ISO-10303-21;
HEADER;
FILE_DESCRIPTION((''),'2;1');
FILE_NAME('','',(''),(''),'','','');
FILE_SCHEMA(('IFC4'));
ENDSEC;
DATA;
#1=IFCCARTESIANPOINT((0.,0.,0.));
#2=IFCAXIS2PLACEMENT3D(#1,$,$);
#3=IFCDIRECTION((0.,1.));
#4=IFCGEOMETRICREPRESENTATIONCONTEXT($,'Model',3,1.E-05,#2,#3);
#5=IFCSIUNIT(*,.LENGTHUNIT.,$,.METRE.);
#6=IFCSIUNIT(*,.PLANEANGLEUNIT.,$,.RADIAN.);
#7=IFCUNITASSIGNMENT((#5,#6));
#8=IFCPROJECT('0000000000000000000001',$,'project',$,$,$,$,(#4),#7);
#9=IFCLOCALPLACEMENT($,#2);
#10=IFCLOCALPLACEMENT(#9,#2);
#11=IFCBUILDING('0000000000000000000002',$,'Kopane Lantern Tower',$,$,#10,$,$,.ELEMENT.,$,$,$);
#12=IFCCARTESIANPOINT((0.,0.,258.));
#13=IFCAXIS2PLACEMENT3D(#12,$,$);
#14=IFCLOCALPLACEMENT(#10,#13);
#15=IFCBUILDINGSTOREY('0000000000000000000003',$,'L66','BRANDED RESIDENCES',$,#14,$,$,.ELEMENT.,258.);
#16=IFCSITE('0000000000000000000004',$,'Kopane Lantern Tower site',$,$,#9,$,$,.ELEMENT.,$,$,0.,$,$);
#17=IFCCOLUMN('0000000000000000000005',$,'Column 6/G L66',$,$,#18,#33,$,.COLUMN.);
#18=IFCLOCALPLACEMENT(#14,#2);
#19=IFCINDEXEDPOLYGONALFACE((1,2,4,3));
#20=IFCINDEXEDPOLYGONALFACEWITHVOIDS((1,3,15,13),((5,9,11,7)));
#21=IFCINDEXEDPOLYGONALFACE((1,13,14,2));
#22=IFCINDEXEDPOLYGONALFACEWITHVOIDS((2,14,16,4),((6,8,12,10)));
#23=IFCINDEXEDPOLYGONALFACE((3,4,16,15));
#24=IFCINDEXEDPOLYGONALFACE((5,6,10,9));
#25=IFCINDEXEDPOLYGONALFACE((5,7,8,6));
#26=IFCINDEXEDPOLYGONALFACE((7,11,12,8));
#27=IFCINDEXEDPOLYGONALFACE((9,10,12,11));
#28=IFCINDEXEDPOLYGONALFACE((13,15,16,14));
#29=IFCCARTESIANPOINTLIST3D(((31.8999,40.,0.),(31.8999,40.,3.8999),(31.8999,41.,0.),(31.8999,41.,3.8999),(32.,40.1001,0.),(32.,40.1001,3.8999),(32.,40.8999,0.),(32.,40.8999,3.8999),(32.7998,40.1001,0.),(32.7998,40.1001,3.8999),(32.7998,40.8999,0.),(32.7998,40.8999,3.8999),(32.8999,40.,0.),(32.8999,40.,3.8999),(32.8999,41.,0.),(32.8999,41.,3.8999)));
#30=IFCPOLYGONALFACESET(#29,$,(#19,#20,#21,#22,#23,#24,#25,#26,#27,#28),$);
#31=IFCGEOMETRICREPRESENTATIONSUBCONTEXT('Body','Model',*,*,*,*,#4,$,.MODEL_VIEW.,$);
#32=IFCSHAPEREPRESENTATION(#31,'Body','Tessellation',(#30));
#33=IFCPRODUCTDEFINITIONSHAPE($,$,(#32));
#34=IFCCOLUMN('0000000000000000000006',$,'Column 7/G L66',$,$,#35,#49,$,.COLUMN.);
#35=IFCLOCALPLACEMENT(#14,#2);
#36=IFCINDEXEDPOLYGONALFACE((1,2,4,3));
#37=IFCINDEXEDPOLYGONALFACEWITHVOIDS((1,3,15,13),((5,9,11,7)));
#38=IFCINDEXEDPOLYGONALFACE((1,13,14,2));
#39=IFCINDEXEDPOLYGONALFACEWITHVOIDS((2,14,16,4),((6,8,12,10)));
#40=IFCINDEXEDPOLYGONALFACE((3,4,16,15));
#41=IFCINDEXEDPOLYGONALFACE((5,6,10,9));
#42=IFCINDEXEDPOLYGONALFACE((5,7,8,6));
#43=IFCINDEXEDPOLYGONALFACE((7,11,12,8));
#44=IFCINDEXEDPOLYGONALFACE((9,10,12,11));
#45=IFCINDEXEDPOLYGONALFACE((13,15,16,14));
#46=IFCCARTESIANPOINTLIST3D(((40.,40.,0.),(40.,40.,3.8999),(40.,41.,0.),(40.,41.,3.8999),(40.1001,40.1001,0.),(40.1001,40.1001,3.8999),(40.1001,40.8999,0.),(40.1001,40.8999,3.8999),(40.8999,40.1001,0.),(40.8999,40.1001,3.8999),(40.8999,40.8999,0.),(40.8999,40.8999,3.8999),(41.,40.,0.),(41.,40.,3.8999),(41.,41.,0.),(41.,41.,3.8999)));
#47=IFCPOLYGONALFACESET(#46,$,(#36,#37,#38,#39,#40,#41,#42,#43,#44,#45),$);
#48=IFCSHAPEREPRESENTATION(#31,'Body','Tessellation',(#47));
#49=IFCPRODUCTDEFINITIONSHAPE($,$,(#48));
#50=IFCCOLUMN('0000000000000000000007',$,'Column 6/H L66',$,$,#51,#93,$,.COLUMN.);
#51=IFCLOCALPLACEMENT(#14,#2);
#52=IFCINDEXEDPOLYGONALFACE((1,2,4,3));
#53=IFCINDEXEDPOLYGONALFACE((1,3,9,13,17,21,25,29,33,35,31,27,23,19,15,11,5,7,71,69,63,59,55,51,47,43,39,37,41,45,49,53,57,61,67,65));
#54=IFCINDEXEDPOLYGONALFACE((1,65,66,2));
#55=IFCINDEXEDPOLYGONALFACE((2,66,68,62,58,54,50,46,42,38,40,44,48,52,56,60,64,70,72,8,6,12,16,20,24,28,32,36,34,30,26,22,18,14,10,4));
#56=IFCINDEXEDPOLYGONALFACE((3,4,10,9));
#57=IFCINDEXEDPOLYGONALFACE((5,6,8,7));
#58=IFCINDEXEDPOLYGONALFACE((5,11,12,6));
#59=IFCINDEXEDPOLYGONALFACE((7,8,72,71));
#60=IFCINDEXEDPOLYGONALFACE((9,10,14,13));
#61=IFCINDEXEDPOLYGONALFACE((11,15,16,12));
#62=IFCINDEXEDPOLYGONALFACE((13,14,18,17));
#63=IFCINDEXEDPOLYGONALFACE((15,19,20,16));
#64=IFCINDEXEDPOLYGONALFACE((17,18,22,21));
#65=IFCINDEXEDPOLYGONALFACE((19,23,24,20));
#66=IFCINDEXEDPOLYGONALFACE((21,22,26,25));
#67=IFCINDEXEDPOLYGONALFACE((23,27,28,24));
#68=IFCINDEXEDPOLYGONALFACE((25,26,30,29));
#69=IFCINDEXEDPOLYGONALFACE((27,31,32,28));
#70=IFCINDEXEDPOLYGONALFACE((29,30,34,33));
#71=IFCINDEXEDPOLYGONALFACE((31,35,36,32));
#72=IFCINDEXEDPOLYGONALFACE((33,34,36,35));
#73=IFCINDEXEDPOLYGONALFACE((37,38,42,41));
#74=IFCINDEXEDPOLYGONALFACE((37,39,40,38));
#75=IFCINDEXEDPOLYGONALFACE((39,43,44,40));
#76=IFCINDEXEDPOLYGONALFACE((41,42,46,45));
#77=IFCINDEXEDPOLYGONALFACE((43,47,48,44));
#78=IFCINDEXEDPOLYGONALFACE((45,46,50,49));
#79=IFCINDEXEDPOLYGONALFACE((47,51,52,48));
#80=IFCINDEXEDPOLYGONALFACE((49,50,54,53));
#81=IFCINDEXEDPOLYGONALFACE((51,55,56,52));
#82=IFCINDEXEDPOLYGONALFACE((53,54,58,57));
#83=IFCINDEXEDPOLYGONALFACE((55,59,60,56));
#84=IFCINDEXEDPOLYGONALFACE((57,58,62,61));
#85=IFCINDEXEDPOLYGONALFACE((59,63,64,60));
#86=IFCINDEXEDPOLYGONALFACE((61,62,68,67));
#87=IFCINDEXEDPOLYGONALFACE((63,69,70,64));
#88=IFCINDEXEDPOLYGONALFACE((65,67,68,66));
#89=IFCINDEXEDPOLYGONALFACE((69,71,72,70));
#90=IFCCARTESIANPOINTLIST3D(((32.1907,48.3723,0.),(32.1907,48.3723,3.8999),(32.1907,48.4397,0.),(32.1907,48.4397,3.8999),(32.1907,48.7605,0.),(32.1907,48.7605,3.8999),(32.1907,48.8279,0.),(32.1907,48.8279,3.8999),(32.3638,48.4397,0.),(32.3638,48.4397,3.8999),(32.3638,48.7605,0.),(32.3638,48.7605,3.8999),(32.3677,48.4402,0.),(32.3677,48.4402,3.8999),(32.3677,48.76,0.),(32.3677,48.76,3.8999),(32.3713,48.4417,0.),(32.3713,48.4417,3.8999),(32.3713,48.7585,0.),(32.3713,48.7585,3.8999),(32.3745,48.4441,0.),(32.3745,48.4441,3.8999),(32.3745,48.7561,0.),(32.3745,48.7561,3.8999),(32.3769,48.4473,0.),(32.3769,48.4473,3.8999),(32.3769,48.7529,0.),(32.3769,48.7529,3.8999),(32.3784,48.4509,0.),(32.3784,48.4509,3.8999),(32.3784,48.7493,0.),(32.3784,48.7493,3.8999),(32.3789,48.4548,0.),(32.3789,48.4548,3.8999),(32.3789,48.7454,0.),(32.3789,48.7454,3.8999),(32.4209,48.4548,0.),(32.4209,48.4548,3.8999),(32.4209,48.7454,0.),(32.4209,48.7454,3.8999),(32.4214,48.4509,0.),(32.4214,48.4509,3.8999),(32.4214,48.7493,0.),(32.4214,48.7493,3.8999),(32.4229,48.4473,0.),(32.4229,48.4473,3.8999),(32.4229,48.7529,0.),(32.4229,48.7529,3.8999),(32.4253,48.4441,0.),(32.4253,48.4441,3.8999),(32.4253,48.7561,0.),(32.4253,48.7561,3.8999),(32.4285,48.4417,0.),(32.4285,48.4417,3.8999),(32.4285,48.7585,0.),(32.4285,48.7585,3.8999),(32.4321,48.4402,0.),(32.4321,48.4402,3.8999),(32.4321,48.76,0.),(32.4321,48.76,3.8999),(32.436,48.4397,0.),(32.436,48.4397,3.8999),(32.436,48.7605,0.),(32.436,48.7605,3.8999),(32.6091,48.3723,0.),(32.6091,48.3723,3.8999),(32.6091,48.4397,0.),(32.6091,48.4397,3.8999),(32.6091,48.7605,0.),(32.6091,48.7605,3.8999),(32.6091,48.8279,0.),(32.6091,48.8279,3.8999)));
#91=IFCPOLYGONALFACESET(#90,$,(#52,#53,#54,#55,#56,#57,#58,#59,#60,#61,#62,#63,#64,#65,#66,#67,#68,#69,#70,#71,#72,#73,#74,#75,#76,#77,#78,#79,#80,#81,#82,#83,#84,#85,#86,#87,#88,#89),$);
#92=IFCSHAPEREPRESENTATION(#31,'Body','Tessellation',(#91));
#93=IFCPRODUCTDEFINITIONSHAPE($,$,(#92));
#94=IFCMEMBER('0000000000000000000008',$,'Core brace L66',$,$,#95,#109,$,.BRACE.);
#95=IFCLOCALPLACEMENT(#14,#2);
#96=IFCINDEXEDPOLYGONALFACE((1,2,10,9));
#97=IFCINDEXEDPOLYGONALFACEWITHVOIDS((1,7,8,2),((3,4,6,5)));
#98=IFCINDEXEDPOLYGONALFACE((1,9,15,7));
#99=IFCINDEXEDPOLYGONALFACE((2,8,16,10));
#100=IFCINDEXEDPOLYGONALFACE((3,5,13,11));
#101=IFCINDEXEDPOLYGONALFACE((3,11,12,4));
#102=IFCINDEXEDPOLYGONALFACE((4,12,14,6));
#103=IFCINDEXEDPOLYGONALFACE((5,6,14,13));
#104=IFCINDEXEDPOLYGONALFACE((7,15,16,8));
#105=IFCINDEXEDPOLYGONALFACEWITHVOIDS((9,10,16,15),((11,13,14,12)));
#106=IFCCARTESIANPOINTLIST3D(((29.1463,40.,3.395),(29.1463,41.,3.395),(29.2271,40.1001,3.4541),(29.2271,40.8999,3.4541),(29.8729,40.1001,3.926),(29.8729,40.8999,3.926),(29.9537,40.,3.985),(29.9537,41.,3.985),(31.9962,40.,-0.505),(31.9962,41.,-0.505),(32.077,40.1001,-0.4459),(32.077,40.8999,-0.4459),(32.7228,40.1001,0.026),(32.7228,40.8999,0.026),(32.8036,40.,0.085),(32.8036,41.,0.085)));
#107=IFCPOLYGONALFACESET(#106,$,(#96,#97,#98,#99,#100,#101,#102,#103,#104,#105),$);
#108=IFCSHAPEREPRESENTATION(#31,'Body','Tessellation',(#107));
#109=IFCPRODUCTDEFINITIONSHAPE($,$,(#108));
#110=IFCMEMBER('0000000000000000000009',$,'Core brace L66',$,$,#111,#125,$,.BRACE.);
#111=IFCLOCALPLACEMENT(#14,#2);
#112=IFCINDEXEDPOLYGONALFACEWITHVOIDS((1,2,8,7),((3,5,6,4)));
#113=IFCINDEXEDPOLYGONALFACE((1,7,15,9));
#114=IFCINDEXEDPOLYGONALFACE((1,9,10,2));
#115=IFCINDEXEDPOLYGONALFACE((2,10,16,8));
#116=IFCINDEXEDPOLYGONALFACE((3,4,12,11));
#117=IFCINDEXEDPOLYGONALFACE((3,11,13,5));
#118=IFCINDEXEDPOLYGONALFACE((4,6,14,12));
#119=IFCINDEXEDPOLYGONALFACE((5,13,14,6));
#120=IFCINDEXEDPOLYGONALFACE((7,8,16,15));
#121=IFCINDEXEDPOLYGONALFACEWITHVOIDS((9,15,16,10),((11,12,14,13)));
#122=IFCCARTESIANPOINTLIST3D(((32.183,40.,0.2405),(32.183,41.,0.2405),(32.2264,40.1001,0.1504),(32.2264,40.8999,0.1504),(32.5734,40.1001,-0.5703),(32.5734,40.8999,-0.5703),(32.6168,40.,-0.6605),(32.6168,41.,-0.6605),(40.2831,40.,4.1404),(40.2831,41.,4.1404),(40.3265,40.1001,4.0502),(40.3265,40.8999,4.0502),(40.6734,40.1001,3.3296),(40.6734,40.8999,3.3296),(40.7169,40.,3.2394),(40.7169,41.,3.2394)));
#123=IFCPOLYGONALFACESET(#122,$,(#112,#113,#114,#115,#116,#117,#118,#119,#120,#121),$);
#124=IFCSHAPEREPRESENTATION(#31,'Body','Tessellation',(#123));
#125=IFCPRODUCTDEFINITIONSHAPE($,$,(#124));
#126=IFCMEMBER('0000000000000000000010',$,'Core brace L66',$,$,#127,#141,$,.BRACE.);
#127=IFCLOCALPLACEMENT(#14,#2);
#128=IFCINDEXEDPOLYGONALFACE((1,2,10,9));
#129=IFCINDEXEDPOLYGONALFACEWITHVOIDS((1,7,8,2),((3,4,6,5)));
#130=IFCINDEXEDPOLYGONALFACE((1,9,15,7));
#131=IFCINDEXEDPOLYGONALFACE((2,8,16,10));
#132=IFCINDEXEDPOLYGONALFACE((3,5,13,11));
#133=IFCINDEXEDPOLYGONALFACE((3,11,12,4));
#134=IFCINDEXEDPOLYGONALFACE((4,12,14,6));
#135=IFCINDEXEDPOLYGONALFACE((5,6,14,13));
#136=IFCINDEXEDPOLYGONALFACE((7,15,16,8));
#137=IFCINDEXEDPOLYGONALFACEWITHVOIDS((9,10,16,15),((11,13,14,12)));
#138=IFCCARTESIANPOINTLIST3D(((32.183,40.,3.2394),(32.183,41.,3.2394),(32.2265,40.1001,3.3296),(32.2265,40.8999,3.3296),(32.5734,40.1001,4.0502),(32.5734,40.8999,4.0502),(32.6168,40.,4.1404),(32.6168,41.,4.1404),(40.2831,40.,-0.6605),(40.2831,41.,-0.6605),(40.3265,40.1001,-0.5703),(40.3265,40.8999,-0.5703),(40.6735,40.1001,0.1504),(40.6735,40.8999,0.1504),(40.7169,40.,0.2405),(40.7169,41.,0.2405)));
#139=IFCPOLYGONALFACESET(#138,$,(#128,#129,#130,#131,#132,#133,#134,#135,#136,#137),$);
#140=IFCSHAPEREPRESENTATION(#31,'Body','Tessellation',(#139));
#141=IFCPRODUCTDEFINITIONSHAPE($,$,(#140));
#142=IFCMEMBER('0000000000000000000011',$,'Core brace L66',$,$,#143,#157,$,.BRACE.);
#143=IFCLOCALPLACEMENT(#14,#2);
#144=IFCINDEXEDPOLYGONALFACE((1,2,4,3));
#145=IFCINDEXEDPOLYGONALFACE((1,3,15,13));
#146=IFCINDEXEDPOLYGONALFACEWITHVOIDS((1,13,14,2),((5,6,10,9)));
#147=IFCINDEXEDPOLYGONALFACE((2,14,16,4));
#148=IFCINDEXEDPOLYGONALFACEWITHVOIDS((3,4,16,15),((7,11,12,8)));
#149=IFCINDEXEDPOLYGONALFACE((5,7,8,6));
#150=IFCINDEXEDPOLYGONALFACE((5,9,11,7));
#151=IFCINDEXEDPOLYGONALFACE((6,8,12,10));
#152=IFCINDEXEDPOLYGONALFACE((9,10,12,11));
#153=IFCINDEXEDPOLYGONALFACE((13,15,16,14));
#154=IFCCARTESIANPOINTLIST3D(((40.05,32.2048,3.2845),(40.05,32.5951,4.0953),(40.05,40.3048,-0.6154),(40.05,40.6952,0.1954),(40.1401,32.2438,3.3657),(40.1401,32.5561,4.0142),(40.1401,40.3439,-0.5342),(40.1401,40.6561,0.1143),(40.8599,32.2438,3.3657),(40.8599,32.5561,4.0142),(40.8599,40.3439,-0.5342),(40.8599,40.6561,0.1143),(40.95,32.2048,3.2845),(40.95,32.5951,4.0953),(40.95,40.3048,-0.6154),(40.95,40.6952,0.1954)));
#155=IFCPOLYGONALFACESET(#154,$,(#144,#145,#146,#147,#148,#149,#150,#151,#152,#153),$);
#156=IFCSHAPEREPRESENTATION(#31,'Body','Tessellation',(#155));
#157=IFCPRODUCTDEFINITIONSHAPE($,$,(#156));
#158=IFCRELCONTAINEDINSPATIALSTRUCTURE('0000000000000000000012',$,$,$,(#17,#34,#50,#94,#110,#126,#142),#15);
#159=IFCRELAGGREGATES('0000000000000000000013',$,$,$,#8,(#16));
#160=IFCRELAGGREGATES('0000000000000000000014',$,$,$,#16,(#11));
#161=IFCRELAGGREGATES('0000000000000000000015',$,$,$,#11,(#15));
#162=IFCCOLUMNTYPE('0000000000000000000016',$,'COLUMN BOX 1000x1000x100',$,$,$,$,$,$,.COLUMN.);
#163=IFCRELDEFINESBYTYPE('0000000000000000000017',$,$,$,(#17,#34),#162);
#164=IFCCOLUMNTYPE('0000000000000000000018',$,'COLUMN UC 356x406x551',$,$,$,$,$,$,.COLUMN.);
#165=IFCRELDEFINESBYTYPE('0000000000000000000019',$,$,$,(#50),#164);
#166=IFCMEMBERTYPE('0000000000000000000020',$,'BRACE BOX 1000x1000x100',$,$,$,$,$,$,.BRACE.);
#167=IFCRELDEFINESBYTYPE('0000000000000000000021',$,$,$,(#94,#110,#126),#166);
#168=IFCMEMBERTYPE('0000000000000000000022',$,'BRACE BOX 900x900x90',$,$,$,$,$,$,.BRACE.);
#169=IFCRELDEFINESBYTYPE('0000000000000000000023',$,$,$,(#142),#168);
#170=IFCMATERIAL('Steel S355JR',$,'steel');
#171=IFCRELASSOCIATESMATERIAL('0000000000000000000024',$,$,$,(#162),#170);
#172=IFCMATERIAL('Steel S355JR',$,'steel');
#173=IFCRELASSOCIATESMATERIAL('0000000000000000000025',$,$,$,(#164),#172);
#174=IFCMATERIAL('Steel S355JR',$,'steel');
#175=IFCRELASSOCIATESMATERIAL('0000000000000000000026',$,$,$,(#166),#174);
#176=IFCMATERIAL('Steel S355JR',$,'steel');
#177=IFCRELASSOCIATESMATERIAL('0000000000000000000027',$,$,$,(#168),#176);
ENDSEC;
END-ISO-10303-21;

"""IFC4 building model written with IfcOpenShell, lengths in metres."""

from ifc_helpers import new_model, si_unit, direction, frame, origin, origin_2d, place, context, subcontext, project, spatial, hollow_rectangle, i_section, extrude, material, material_profile, profile_set, type_object, element, save


model = new_model("IFC4")

# Units and contexts
model_context = context("Model", 3, precision=1e-05, world=origin(), true_north=direction((0.0, 1.0)))
body_context = subcontext(model_context, "Body", "Model", "MODEL_VIEW")
ifc_project = project(units=[si_unit("LENGTHUNIT", "METRE"), si_unit("PLANEANGLEUNIT", "RADIAN")], contexts=[model_context])

# Site, building, storey
site_placement = place(None, origin())
site = spatial("IfcSite", under=ifc_project, at=site_placement, Name="Kopane Lantern Tower site", CompositionType="ELEMENT", RefElevation=0.0)
building_placement = place(site_placement, origin())
building = spatial("IfcBuilding", under=site, at=building_placement, Name="Kopane Lantern Tower", CompositionType="ELEMENT")
storey_placement = place(building_placement, frame((0.0, 0.0, 258.0)))
storey = spatial("IfcBuildingStorey", under=building, at=storey_placement, Name="L66", Description="BRANDED RESIDENCES", CompositionType="ELEMENT", Elevation=258.0)

# Columns
ifc_material_1 = material(Name="Steel S355JR", Category="steel")
ifc_material_profile_1 = material_profile(ifc_material_1, hollow_rectangle(XDim=1.0, YDim=1.0, WallThickness=0.1001, at=origin_2d()), Name="BOX 1000x1000x100")
ifc_profile_set_1 = profile_set([ifc_material_profile_1], Name="Steel S355JR")
column_type_1 = type_object("IfcColumnType", Name="COLUMN BOX 1000x1000x100", PredefinedType="COLUMN", material=ifc_profile_set_1)
for number, where, z_axis, x_axis, name in (
    (1, (32.3999, 40.5, 0.0), (0.0, 0.0, 1.0), (1.0, 0.0, 0.0), "Column 6/G L66"),
    (2, (40.5, 40.5, 0.0), (0.0, 0.0, 1.0), (1.0, 0.0, 0.0), "Column 7/G L66"),
):
    element("IfcColumn", number, at=place(storey_placement, frame(where, z_axis=z_axis, x_axis=x_axis)), inside=storey, type_object=column_type_1, Name=name, PredefinedType="COLUMN", context=body_context, shape_type="SweptSolid", body=[
        extrude(hollow_rectangle(XDim=1.0, YDim=1.0, WallThickness=0.1001, at=origin_2d()), origin(), (0.0, 0.0, 1.0), 3.8999),
    ])
ifc_material_2 = material(Name="Steel S355JR", Category="steel")
ifc_material_profile_2 = material_profile(ifc_material_2, i_section(OverallWidth=0.4185, OverallDepth=0.4556, WebThickness=0.042, FlangeThickness=0.0674, FilletRadius=0.0151, at=origin_2d()), Name="UC 356x406x551")
ifc_profile_set_2 = profile_set([ifc_material_profile_2], Name="Steel S355JR")
column_type_2 = type_object("IfcColumnType", Name="COLUMN UC 356x406x551", PredefinedType="COLUMN", material=ifc_profile_set_2)
column_placement = place(storey_placement, frame((32.3999, 48.6001, 0.0), z_axis=(0.0, 0.0, 1.0), x_axis=(1.0, 0.0, 0.0)))
element("IfcColumn", 3, at=column_placement, inside=storey, type_object=column_type_2, Name="Column 6/H L66", PredefinedType="COLUMN", context=body_context, shape_type="SweptSolid", body=[
    extrude(i_section(OverallWidth=0.4185, OverallDepth=0.4556, WebThickness=0.042, FlangeThickness=0.0674, FilletRadius=0.0151, at=origin_2d()), origin(), (0.0, 0.0, 1.0), 3.8999),
])

# Members
ifc_material_3 = material(Name="Steel S355JR", Category="steel")
ifc_material_profile_3 = material_profile(ifc_material_3, hollow_rectangle(XDim=1.0, YDim=1.0, WallThickness=0.1001, at=origin_2d()), Name="BOX 1000x1000x100")
ifc_profile_set_3 = profile_set([ifc_material_profile_3], Name="Steel S355JR")
member_type_1 = type_object("IfcMemberType", Name="BRACE BOX 1000x1000x100", PredefinedType="BRACE", material=ifc_profile_set_3)
member_1_placement = place(storey_placement, frame((32.3999, 40.5, -0.21), z_axis=(-0.590006, 0.0, 0.807399), x_axis=(0.0, -1.0, 0.0)))
element("IfcMember", 4, at=member_1_placement, inside=storey, type_object=member_type_1, Name="Core brace L66", PredefinedType="BRACE", context=body_context, shape_type="SweptSolid", body=[
    extrude(hollow_rectangle(XDim=1.0, YDim=1.0, WallThickness=0.1001, at=origin_2d()), origin(), (0.0, 0.0, 1.0), 4.8303),
])
for number, where, z_axis, x_axis, name in (
    (5, (32.3999, 40.5, -0.21), (0.901008, 0.0, 0.433803), (0.0, 1.0, 0.0), "Core brace L66"),
    (6, (40.5, 40.5, -0.21), (-0.901008, 0.0, 0.433803), (0.0, -1.0, 0.0), "Core brace L66"),
):
    element("IfcMember", number, at=place(storey_placement, frame(where, z_axis=z_axis, x_axis=x_axis)), inside=storey, type_object=member_type_1, Name=name, PredefinedType="BRACE", context=body_context, shape_type="SweptSolid", body=[
        extrude(hollow_rectangle(XDim=1.0, YDim=1.0, WallThickness=0.1001, at=origin_2d()), origin(), (0.0, 0.0, 1.0), 8.99),
    ])
ifc_material_4 = material(Name="Steel S355JR", Category="steel")
ifc_material_profile_4 = material_profile(ifc_material_4, hollow_rectangle(XDim=0.8999, YDim=0.8999, WallThickness=0.0901, at=origin_2d()), Name="BOX 900x900x90")
ifc_profile_set_4 = profile_set([ifc_material_profile_4], Name="Steel S355JR")
member_type_2 = type_object("IfcMemberType", Name="BRACE BOX 900x900x90", PredefinedType="BRACE", material=ifc_profile_set_4)
member_2_placement = place(storey_placement, frame((40.5, 40.5, -0.21), z_axis=(0.0, -0.901008, 0.433803), x_axis=(1.0, 0.0, 0.0)))
element("IfcMember", 7, at=member_2_placement, inside=storey, type_object=member_type_2, Name="Core brace L66", PredefinedType="BRACE", context=body_context, shape_type="SweptSolid", body=[
    extrude(hollow_rectangle(XDim=0.8999, YDim=0.8999, WallThickness=0.0901, at=origin_2d()), origin(), (0.0, 0.0, 1.0), 8.99),
])

save(model, "model.ifc")
